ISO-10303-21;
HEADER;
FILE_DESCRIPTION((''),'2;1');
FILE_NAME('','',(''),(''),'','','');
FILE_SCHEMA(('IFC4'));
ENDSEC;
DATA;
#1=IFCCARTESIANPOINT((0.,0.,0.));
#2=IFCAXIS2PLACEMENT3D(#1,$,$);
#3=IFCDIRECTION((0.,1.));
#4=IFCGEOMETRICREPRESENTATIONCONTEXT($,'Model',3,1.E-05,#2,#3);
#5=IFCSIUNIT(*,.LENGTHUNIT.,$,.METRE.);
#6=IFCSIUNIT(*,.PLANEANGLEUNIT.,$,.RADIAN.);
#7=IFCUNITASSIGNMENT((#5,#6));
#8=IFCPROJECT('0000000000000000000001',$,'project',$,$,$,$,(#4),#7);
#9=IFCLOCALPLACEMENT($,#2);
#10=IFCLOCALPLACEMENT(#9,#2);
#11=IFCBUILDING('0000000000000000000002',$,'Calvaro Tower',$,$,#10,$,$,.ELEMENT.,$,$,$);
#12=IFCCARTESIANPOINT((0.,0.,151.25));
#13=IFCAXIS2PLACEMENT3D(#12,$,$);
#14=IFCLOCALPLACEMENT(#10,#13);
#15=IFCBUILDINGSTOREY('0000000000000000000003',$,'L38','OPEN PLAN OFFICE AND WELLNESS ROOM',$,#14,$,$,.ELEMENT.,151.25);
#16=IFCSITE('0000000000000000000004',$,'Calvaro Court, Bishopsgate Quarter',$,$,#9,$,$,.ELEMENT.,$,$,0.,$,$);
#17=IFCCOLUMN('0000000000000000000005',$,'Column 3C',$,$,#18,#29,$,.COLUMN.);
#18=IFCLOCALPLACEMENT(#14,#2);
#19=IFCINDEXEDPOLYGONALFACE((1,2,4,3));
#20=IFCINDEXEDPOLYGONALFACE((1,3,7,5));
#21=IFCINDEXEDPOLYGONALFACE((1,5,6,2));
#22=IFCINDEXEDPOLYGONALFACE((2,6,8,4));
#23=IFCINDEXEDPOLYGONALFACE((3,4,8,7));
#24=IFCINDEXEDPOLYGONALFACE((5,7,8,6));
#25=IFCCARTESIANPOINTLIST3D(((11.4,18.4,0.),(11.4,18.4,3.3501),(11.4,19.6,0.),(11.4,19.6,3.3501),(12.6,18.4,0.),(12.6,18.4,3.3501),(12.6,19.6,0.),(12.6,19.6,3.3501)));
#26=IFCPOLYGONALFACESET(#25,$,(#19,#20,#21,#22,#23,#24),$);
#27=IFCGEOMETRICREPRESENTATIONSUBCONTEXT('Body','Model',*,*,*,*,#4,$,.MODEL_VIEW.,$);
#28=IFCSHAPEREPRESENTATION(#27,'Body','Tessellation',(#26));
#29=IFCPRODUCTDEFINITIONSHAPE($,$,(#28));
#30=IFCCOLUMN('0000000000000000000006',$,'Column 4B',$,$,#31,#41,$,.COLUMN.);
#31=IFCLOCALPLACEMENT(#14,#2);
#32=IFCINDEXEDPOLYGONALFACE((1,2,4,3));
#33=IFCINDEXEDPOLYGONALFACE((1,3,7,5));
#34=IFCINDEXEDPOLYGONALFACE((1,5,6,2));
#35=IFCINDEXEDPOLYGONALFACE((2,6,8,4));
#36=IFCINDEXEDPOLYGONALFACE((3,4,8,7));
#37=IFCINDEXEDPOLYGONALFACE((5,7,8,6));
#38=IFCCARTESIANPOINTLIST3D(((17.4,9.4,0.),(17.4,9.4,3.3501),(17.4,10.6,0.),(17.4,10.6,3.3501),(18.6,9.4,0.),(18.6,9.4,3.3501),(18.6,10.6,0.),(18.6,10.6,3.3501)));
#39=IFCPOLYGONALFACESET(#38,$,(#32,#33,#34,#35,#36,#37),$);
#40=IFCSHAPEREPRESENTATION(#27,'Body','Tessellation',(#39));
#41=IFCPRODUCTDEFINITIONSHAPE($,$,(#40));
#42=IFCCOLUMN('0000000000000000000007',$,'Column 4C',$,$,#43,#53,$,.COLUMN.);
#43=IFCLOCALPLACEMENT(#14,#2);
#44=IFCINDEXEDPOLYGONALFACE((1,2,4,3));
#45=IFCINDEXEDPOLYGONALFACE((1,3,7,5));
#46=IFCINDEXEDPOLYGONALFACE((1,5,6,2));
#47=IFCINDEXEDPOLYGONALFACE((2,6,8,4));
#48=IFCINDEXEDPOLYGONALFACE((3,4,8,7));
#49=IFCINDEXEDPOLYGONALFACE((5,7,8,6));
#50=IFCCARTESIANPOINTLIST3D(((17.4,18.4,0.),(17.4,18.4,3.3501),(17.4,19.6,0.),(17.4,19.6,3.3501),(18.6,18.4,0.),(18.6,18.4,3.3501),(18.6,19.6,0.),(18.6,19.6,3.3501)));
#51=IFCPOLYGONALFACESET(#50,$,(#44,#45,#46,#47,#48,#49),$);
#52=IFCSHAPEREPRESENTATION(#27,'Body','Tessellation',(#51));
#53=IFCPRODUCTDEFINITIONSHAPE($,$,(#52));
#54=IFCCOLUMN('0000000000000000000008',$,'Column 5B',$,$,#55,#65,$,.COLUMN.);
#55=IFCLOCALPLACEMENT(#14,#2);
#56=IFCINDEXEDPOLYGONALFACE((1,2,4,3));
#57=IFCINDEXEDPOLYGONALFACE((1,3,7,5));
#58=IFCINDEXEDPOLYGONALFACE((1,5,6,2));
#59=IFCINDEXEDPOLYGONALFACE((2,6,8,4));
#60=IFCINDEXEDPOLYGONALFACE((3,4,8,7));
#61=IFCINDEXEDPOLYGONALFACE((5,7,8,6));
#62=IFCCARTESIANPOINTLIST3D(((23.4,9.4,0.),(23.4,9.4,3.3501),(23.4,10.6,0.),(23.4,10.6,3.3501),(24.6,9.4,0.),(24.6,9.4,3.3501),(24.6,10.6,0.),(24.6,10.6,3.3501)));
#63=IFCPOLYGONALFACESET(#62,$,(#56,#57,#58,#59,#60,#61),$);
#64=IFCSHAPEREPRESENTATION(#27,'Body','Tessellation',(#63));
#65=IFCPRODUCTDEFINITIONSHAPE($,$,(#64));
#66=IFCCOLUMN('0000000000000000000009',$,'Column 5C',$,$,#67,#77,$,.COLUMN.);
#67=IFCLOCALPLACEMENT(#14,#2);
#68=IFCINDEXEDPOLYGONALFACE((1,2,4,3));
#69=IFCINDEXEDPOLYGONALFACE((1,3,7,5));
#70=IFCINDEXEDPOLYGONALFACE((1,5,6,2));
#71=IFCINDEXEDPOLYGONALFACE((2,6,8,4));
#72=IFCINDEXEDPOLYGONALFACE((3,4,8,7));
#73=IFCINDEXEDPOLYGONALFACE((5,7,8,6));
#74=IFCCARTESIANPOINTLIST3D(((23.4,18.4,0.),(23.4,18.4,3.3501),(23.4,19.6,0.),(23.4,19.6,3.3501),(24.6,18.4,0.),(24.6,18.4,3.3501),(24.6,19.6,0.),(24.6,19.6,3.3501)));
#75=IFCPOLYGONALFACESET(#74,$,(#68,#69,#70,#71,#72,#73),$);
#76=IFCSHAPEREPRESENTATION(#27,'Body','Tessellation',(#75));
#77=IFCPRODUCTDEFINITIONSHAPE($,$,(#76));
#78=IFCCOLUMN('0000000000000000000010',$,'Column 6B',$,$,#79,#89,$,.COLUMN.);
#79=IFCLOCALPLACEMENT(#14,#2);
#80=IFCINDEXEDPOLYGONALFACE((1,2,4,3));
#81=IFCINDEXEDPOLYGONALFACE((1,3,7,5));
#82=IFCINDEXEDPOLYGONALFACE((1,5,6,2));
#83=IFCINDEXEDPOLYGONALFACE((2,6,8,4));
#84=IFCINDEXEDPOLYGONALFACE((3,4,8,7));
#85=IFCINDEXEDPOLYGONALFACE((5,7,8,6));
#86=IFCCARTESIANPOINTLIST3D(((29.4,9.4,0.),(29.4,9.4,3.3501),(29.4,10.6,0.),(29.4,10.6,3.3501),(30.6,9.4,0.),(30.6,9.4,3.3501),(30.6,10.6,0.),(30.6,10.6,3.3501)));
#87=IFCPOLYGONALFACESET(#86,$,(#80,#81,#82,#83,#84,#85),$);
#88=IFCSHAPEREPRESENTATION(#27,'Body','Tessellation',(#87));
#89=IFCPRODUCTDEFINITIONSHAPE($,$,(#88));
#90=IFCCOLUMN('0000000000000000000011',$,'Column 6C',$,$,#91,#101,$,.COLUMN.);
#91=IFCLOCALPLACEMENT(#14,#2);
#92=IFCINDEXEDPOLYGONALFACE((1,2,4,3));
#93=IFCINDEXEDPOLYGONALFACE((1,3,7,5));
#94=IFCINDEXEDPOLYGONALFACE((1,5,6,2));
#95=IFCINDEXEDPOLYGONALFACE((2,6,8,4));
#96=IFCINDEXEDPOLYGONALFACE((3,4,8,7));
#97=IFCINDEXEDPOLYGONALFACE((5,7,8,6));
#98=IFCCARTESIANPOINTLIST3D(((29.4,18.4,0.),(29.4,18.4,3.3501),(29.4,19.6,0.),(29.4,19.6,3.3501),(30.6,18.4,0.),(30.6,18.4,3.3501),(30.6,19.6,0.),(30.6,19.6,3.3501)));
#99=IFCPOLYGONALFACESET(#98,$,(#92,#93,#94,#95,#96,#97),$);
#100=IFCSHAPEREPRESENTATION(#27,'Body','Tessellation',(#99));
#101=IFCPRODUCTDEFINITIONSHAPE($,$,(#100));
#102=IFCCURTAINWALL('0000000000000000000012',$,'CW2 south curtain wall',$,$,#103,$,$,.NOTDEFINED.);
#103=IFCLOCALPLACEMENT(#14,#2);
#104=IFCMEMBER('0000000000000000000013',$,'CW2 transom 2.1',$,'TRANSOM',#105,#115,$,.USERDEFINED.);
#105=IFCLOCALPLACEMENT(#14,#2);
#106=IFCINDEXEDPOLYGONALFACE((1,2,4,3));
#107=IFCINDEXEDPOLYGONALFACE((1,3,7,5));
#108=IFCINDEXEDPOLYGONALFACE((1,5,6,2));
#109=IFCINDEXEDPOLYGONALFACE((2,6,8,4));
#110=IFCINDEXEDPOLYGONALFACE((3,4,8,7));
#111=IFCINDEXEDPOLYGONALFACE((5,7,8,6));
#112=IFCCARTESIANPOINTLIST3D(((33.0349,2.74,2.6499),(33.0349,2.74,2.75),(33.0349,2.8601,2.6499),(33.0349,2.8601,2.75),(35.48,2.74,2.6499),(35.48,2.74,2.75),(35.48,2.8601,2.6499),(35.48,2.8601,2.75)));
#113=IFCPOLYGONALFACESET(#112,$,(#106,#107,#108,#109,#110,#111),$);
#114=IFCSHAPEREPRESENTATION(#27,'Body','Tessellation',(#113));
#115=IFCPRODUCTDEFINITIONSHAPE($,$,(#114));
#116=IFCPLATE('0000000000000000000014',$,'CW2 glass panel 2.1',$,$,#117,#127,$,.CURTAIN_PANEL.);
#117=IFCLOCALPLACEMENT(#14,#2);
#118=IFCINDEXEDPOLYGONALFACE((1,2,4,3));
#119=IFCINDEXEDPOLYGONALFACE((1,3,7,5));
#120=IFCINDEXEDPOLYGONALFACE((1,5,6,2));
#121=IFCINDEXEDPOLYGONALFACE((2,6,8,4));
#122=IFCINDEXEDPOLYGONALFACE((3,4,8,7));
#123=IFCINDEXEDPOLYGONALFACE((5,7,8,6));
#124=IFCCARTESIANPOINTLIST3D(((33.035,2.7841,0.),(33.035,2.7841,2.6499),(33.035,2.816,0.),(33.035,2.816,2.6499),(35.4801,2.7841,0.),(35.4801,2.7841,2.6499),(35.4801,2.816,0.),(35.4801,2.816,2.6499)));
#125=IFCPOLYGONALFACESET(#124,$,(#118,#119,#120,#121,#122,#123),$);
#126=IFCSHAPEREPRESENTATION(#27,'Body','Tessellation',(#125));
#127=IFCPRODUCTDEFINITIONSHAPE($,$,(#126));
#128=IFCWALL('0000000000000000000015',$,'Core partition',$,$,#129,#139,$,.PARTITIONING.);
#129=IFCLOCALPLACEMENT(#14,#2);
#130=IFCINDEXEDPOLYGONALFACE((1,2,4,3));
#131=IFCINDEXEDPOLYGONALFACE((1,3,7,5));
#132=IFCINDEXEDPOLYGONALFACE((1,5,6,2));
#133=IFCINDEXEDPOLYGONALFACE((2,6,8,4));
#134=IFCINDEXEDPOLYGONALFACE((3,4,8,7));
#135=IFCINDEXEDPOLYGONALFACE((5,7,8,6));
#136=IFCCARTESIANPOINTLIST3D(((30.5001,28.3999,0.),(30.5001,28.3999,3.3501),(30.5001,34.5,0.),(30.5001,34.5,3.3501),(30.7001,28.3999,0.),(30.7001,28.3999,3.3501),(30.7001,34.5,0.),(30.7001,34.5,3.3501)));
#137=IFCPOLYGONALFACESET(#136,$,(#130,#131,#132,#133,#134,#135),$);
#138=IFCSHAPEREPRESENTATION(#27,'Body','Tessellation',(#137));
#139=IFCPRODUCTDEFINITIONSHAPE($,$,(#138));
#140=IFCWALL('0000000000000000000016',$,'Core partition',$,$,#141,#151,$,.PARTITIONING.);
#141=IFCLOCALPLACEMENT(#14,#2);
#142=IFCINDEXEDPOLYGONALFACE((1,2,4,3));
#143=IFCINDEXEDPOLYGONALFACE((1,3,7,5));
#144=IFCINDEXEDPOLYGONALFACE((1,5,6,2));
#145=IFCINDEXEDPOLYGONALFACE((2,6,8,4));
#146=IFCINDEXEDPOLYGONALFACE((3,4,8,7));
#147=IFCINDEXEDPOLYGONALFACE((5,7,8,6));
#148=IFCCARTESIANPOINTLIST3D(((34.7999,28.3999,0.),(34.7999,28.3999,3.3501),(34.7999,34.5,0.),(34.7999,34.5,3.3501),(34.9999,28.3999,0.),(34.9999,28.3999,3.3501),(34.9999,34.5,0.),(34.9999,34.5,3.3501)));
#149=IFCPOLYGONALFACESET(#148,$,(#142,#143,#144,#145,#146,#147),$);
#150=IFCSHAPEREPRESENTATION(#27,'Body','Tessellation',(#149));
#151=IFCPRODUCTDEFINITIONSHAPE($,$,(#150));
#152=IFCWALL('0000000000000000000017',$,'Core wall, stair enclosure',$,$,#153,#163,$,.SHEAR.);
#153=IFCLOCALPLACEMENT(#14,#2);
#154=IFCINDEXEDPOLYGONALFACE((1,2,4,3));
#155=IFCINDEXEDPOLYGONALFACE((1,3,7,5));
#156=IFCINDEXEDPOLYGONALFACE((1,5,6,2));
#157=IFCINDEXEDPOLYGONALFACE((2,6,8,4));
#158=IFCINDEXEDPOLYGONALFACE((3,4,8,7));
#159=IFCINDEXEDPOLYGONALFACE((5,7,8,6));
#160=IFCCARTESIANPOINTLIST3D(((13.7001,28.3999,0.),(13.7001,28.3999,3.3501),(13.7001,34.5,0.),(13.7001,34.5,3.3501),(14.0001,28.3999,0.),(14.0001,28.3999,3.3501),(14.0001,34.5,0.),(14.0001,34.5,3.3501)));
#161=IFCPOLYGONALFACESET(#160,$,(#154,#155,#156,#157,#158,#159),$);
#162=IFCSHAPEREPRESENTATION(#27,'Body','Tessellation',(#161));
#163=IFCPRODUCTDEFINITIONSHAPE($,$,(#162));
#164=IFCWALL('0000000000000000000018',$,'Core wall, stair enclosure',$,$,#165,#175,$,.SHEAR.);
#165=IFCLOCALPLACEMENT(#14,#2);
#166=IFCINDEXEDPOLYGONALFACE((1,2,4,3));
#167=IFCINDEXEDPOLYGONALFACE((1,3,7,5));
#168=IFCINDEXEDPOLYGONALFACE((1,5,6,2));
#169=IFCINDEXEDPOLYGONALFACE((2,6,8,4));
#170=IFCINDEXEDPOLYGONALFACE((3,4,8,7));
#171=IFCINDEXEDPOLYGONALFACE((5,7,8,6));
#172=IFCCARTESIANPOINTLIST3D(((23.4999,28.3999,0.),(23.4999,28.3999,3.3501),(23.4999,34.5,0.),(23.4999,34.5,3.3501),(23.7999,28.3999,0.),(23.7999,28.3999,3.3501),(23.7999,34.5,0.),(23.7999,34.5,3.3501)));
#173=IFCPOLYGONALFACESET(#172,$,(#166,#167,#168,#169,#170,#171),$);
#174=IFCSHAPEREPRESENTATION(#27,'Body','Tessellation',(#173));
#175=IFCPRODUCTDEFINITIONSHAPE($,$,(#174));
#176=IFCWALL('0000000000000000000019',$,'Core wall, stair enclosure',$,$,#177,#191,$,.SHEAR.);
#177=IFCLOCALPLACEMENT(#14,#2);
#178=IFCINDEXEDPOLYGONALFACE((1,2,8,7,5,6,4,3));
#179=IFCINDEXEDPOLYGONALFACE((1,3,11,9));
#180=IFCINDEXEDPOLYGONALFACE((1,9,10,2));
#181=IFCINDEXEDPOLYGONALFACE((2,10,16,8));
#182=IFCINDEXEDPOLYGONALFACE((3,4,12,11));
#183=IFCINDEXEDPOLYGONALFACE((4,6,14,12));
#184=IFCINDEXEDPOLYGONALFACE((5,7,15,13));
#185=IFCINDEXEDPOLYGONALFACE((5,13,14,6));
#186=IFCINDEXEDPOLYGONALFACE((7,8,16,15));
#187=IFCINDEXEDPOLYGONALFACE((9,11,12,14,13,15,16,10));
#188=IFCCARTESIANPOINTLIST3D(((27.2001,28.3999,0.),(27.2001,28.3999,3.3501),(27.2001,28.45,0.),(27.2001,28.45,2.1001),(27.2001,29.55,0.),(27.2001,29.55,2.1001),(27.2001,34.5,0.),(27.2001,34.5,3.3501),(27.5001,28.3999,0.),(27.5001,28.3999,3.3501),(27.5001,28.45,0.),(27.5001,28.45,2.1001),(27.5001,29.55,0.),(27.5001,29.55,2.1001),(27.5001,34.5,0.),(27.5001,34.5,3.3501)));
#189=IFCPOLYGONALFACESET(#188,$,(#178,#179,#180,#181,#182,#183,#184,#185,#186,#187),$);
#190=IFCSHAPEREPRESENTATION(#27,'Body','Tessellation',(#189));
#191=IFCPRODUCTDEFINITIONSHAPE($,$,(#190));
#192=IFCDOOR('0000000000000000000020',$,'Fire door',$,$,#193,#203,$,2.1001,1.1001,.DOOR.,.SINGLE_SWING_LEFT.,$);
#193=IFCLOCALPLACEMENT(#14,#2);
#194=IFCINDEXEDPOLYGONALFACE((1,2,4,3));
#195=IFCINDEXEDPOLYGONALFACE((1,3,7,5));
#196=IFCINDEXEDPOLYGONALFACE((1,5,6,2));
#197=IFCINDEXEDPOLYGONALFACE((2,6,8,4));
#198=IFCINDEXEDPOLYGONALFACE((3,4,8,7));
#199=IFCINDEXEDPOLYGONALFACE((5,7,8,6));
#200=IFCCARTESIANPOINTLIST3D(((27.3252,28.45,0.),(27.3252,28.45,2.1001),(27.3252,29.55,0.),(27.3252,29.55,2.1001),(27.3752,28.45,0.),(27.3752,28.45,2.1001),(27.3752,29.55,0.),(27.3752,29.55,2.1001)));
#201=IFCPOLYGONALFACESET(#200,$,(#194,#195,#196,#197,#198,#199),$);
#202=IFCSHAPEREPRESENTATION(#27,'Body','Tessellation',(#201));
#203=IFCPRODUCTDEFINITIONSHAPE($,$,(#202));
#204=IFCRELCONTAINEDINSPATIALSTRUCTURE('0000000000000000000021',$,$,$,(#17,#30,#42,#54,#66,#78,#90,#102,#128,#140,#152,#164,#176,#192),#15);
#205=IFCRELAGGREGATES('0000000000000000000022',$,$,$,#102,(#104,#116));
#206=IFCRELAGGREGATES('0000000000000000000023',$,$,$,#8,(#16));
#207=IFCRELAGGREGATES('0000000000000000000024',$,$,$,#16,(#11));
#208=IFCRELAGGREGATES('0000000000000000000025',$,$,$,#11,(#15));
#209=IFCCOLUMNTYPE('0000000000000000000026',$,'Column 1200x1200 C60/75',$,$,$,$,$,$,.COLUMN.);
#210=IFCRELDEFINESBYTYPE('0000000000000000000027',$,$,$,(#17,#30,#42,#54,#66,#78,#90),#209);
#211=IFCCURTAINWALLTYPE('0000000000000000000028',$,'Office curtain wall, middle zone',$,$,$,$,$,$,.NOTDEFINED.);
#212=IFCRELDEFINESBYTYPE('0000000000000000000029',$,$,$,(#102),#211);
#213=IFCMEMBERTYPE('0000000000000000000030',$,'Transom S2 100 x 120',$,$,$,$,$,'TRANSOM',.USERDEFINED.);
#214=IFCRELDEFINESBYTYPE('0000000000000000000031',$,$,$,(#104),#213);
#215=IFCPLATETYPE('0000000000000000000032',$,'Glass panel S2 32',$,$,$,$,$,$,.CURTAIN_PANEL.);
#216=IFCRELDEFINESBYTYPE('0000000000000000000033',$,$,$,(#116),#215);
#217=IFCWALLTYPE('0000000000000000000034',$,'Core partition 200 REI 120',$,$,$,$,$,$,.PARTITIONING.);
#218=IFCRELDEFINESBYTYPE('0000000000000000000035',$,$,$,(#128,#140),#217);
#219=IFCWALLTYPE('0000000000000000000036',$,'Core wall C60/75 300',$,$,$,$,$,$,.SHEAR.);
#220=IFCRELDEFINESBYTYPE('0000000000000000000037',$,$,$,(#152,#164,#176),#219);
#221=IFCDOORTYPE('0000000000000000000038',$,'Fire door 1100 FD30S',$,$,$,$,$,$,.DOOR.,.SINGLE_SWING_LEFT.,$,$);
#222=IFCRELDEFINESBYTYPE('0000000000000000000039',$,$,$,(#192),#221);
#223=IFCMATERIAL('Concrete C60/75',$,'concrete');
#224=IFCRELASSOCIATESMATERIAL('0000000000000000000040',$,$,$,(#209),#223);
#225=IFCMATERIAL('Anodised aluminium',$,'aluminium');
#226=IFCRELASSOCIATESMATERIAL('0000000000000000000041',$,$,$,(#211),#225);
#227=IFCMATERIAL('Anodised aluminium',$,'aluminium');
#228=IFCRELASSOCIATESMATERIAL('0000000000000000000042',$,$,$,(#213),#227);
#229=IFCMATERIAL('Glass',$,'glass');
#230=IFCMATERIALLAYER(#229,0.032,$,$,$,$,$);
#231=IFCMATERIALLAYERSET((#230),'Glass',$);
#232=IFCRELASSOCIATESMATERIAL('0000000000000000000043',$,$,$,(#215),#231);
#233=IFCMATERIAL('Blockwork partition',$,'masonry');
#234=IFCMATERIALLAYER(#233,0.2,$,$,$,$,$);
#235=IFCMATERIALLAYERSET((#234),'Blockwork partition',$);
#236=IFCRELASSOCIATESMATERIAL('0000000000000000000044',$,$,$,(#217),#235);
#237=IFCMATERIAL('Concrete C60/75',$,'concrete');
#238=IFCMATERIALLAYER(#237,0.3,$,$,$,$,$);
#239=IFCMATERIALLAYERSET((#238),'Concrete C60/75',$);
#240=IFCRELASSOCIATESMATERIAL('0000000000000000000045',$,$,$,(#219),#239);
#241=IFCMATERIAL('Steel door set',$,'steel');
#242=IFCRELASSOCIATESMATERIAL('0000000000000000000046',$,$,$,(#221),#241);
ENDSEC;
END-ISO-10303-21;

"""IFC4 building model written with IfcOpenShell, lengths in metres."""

from ifc_helpers import new_model, si_unit, direction, frame, frame_2d, origin, origin_2d, place, context, subcontext, project, spatial, rectangle, extrude, material, layer, layer_set, material_profile, profile_set, type_object, element, fill, aggregate, save


model = new_model("IFC4")

# Units and contexts
model_context = context("Model", 3, precision=1e-05, world=origin(), true_north=direction((0.0, 1.0)))
body_context = subcontext(model_context, "Body", "Model", "MODEL_VIEW")
ifc_project = project(units=[si_unit("LENGTHUNIT", "METRE"), si_unit("PLANEANGLEUNIT", "RADIAN")], contexts=[model_context])

# Site, building, storey
site_placement = place(None, origin())
site = spatial("IfcSite", under=ifc_project, at=site_placement, Name="Calvaro Court, Bishopsgate Quarter", CompositionType="ELEMENT", RefElevation=0.0)
building_placement = place(site_placement, origin())
building = spatial("IfcBuilding", under=site, at=building_placement, Name="Calvaro Tower", CompositionType="ELEMENT")
storey_placement = place(building_placement, frame((0.0, 0.0, 151.25)))
storey = spatial("IfcBuildingStorey", under=building, at=storey_placement, Name="L38", Description="OPEN PLAN OFFICE AND WELLNESS ROOM", CompositionType="ELEMENT", Elevation=151.25)

# Columns
ifc_material_1 = material(Name="Concrete C60/75", Category="concrete")
ifc_material_profile_1 = material_profile(ifc_material_1, rectangle(XDim=1.2, YDim=1.2, at=origin_2d()), Name="RC 1200x1200")
ifc_profile_set_1 = profile_set([ifc_material_profile_1], Name="Concrete C60/75")
column_type = type_object("IfcColumnType", Name="Column 1200x1200 C60/75", PredefinedType="COLUMN", material=ifc_profile_set_1)
for number, where, z_axis, x_axis, name in (
    (1, (12.0, 19.0, 0.0), (0.0, 0.0, 1.0), (1.0, 0.0, 0.0), "Column 3C"),
    (2, (18.0, 10.0, 0.0), (0.0, 0.0, 1.0), (1.0, 0.0, 0.0), "Column 4B"),
    (3, (18.0, 19.0, 0.0), (0.0, 0.0, 1.0), (1.0, 0.0, 0.0), "Column 4C"),
    (4, (24.0, 10.0, 0.0), (0.0, 0.0, 1.0), (1.0, 0.0, 0.0), "Column 5B"),
    (5, (24.0, 19.0, 0.0), (0.0, 0.0, 1.0), (1.0, 0.0, 0.0), "Column 5C"),
    (6, (30.0, 10.0, 0.0), (0.0, 0.0, 1.0), (1.0, 0.0, 0.0), "Column 6B"),
    (7, (30.0, 19.0, 0.0), (0.0, 0.0, 1.0), (1.0, 0.0, 0.0), "Column 6C"),
):
    element("IfcColumn", number, at=place(storey_placement, frame(where, z_axis=z_axis, x_axis=x_axis)), inside=storey, type_object=column_type, Name=name, PredefinedType="COLUMN", context=body_context, shape_type="SweptSolid", body=[
        extrude(rectangle(XDim=1.2, YDim=1.2, at=origin_2d()), origin(), (0.0, 0.0, 1.0), 3.3501),
    ])

# Curtain wall, member, plate
ifc_material_2 = material(Name="Anodised aluminium", Category="aluminium")
curtain_wall_type = type_object("IfcCurtainWallType", Name="Office curtain wall, middle zone", PredefinedType="NOTDEFINED", material=ifc_material_2)
curtain_wall_placement = place(storey_placement, origin())
curtain_wall = element("IfcCurtainWall", 8, at=curtain_wall_placement, inside=storey, type_object=curtain_wall_type, Name="CW2 south curtain wall", PredefinedType="NOTDEFINED")
ifc_material_3 = material(Name="Anodised aluminium", Category="aluminium")
ifc_material_profile_2 = material_profile(ifc_material_3, rectangle(XDim=0.1201, YDim=0.1001, at=origin_2d()), Name="Transom S2 100 x 120")
ifc_profile_set_2 = profile_set([ifc_material_profile_2], Name="Anodised aluminium")
member_type = type_object("IfcMemberType", Name="Transom S2 100 x 120", ElementType="TRANSOM", PredefinedType="USERDEFINED", material=ifc_profile_set_2)
member_placement = place(storey_placement, frame((33.0349, 2.8, 2.7), z_axis=(1.0, 0.0, 0.0), x_axis=(0.0, 1.0, 0.0)))
member = element("IfcMember", 9, at=member_placement, type_object=member_type, Name="CW2 transom 2.1", ObjectType="TRANSOM", PredefinedType="USERDEFINED", context=body_context, shape_type="SweptSolid", body=[
    extrude(rectangle(XDim=0.1201, YDim=0.1001, at=origin_2d()), origin(), (0.0, 0.0, 1.0), 2.4451),
])
ifc_material_4 = material(Name="Glass", Category="glass")
ifc_layer_1 = layer(ifc_material_4, 0.032)
ifc_layer_set_1 = layer_set([ifc_layer_1], Name="Glass")
plate_type = type_object("IfcPlateType", Name="Glass panel S2 32", PredefinedType="CURTAIN_PANEL", material=ifc_layer_set_1)
plate_placement = place(storey_placement, frame((34.2576, 2.8, 0.0), z_axis=(0.0, 0.0, 1.0), x_axis=(1.0, 0.0, 0.0)))
plate = element("IfcPlate", 10, at=plate_placement, type_object=plate_type, Name="CW2 glass panel 2.1", PredefinedType="CURTAIN_PANEL", context=body_context, shape_type="SweptSolid", body=[
    extrude(rectangle(XDim=2.4451, YDim=0.032, at=origin_2d()), origin(), (0.0, 0.0, 1.0), 2.6499),
])
aggregate(curtain_wall, [member, plate])

# Walls
ifc_material_5 = material(Name="Blockwork partition", Category="masonry")
ifc_layer_2 = layer(ifc_material_5, 0.2)
ifc_layer_set_2 = layer_set([ifc_layer_2], Name="Blockwork partition")
wall_type_1 = type_object("IfcWallType", Name="Core partition 200 REI 120", PredefinedType="PARTITIONING", material=ifc_layer_set_2)
for number, where, z_axis, x_axis, name in (
    (11, (30.6001, 28.3999, 0.0), (0.0, 0.0, 1.0), (0.0, 1.0, 0.0), "Core partition"),
    (12, (34.8999, 28.3999, 0.0), (0.0, 0.0, 1.0), (0.0, 1.0, 0.0), "Core partition"),
):
    element("IfcWall", number, at=place(storey_placement, frame(where, z_axis=z_axis, x_axis=x_axis)), inside=storey, type_object=wall_type_1, Name=name, PredefinedType="PARTITIONING", context=body_context, shape_type="SweptSolid", body=[
        extrude(rectangle(XDim=6.1001, YDim=0.2, at=frame_2d((3.05, 0.0))), origin(), (0.0, 0.0, 1.0), 3.3501),
    ])
ifc_material_6 = material(Name="Concrete C60/75", Category="concrete")
ifc_layer_3 = layer(ifc_material_6, 0.3)
ifc_layer_set_3 = layer_set([ifc_layer_3], Name="Concrete C60/75")
wall_type_2 = type_object("IfcWallType", Name="Core wall C60/75 300", PredefinedType="SHEAR", material=ifc_layer_set_3)
for number, where, z_axis, x_axis, name in (
    (13, (13.8501, 28.3999, 0.0), (0.0, 0.0, 1.0), (0.0, 1.0, 0.0), "Core wall, stair enclosure"),
    (14, (23.6499, 28.3999, 0.0), (0.0, 0.0, 1.0), (0.0, 1.0, 0.0), "Core wall, stair enclosure"),
):
    element("IfcWall", number, at=place(storey_placement, frame(where, z_axis=z_axis, x_axis=x_axis)), inside=storey, type_object=wall_type_2, Name=name, PredefinedType="SHEAR", context=body_context, shape_type="SweptSolid", body=[
        extrude(rectangle(XDim=6.1001, YDim=0.3, at=frame_2d((3.05, 0.0))), origin(), (0.0, 0.0, 1.0), 3.3501),
    ])

# Wall, opening, door
wall_1_placement = place(storey_placement, frame((27.3501, 28.3999, 0.0), z_axis=(0.0, 0.0, 1.0), x_axis=(0.0, 1.0, 0.0)))
wall_1 = element("IfcWall", 15, at=wall_1_placement, inside=storey, type_object=wall_type_2, Name="Core wall, stair enclosure", PredefinedType="SHEAR", context=body_context, shape_type="SweptSolid", body=[
    extrude(rectangle(XDim=6.1001, YDim=0.3, at=frame_2d((3.05, 0.0))), origin(), (0.0, 0.0, 1.0), 3.3501),
])
opening_1_placement = place(wall_1_placement, frame((0.05, 0.0, 0.0)))
opening_1 = element("IfcOpeningElement", 16, at=opening_1_placement, cuts=wall_1, PredefinedType="OPENING", context=body_context, shape_type="SweptSolid", body=[
    extrude(rectangle(XDim=1.1001, YDim=2.1001, at=frame_2d((0.55, 1.05))), frame((0.0, 0.1599, 0.0), z_axis=(0.0, -1.0, 0.0), x_axis=(1.0, 0.0, 0.0)), (0.0, 0.0, 1.0), 0.3201),
])
ifc_material_7 = material(Name="Steel door set", Category="steel")
door_type_1 = type_object("IfcDoorType", Name="Fire door 1100 FD30S", OperationType="SINGLE_SWING_LEFT", PredefinedType="DOOR", material=ifc_material_7)
door_1_placement = place(opening_1_placement, origin())
door_1 = element("IfcDoor", 17, at=door_1_placement, inside=storey, type_object=door_type_1, Name="Fire door", OperationType="SINGLE_SWING_LEFT", OverallHeight=2.1001, OverallWidth=1.1001, PredefinedType="DOOR", context=body_context, shape_type="SweptSolid", body=[
    extrude(rectangle(XDim=1.1001, YDim=2.1001, at=frame_2d((0.55, 1.05))), frame((0.0, 0.0249, 0.0), z_axis=(0.0, -1.0, 0.0), x_axis=(1.0, 0.0, 0.0)), (0.0, 0.0, 1.0), 0.05),
])
fill(opening_1, door_1)

save(model, "model.ifc")
